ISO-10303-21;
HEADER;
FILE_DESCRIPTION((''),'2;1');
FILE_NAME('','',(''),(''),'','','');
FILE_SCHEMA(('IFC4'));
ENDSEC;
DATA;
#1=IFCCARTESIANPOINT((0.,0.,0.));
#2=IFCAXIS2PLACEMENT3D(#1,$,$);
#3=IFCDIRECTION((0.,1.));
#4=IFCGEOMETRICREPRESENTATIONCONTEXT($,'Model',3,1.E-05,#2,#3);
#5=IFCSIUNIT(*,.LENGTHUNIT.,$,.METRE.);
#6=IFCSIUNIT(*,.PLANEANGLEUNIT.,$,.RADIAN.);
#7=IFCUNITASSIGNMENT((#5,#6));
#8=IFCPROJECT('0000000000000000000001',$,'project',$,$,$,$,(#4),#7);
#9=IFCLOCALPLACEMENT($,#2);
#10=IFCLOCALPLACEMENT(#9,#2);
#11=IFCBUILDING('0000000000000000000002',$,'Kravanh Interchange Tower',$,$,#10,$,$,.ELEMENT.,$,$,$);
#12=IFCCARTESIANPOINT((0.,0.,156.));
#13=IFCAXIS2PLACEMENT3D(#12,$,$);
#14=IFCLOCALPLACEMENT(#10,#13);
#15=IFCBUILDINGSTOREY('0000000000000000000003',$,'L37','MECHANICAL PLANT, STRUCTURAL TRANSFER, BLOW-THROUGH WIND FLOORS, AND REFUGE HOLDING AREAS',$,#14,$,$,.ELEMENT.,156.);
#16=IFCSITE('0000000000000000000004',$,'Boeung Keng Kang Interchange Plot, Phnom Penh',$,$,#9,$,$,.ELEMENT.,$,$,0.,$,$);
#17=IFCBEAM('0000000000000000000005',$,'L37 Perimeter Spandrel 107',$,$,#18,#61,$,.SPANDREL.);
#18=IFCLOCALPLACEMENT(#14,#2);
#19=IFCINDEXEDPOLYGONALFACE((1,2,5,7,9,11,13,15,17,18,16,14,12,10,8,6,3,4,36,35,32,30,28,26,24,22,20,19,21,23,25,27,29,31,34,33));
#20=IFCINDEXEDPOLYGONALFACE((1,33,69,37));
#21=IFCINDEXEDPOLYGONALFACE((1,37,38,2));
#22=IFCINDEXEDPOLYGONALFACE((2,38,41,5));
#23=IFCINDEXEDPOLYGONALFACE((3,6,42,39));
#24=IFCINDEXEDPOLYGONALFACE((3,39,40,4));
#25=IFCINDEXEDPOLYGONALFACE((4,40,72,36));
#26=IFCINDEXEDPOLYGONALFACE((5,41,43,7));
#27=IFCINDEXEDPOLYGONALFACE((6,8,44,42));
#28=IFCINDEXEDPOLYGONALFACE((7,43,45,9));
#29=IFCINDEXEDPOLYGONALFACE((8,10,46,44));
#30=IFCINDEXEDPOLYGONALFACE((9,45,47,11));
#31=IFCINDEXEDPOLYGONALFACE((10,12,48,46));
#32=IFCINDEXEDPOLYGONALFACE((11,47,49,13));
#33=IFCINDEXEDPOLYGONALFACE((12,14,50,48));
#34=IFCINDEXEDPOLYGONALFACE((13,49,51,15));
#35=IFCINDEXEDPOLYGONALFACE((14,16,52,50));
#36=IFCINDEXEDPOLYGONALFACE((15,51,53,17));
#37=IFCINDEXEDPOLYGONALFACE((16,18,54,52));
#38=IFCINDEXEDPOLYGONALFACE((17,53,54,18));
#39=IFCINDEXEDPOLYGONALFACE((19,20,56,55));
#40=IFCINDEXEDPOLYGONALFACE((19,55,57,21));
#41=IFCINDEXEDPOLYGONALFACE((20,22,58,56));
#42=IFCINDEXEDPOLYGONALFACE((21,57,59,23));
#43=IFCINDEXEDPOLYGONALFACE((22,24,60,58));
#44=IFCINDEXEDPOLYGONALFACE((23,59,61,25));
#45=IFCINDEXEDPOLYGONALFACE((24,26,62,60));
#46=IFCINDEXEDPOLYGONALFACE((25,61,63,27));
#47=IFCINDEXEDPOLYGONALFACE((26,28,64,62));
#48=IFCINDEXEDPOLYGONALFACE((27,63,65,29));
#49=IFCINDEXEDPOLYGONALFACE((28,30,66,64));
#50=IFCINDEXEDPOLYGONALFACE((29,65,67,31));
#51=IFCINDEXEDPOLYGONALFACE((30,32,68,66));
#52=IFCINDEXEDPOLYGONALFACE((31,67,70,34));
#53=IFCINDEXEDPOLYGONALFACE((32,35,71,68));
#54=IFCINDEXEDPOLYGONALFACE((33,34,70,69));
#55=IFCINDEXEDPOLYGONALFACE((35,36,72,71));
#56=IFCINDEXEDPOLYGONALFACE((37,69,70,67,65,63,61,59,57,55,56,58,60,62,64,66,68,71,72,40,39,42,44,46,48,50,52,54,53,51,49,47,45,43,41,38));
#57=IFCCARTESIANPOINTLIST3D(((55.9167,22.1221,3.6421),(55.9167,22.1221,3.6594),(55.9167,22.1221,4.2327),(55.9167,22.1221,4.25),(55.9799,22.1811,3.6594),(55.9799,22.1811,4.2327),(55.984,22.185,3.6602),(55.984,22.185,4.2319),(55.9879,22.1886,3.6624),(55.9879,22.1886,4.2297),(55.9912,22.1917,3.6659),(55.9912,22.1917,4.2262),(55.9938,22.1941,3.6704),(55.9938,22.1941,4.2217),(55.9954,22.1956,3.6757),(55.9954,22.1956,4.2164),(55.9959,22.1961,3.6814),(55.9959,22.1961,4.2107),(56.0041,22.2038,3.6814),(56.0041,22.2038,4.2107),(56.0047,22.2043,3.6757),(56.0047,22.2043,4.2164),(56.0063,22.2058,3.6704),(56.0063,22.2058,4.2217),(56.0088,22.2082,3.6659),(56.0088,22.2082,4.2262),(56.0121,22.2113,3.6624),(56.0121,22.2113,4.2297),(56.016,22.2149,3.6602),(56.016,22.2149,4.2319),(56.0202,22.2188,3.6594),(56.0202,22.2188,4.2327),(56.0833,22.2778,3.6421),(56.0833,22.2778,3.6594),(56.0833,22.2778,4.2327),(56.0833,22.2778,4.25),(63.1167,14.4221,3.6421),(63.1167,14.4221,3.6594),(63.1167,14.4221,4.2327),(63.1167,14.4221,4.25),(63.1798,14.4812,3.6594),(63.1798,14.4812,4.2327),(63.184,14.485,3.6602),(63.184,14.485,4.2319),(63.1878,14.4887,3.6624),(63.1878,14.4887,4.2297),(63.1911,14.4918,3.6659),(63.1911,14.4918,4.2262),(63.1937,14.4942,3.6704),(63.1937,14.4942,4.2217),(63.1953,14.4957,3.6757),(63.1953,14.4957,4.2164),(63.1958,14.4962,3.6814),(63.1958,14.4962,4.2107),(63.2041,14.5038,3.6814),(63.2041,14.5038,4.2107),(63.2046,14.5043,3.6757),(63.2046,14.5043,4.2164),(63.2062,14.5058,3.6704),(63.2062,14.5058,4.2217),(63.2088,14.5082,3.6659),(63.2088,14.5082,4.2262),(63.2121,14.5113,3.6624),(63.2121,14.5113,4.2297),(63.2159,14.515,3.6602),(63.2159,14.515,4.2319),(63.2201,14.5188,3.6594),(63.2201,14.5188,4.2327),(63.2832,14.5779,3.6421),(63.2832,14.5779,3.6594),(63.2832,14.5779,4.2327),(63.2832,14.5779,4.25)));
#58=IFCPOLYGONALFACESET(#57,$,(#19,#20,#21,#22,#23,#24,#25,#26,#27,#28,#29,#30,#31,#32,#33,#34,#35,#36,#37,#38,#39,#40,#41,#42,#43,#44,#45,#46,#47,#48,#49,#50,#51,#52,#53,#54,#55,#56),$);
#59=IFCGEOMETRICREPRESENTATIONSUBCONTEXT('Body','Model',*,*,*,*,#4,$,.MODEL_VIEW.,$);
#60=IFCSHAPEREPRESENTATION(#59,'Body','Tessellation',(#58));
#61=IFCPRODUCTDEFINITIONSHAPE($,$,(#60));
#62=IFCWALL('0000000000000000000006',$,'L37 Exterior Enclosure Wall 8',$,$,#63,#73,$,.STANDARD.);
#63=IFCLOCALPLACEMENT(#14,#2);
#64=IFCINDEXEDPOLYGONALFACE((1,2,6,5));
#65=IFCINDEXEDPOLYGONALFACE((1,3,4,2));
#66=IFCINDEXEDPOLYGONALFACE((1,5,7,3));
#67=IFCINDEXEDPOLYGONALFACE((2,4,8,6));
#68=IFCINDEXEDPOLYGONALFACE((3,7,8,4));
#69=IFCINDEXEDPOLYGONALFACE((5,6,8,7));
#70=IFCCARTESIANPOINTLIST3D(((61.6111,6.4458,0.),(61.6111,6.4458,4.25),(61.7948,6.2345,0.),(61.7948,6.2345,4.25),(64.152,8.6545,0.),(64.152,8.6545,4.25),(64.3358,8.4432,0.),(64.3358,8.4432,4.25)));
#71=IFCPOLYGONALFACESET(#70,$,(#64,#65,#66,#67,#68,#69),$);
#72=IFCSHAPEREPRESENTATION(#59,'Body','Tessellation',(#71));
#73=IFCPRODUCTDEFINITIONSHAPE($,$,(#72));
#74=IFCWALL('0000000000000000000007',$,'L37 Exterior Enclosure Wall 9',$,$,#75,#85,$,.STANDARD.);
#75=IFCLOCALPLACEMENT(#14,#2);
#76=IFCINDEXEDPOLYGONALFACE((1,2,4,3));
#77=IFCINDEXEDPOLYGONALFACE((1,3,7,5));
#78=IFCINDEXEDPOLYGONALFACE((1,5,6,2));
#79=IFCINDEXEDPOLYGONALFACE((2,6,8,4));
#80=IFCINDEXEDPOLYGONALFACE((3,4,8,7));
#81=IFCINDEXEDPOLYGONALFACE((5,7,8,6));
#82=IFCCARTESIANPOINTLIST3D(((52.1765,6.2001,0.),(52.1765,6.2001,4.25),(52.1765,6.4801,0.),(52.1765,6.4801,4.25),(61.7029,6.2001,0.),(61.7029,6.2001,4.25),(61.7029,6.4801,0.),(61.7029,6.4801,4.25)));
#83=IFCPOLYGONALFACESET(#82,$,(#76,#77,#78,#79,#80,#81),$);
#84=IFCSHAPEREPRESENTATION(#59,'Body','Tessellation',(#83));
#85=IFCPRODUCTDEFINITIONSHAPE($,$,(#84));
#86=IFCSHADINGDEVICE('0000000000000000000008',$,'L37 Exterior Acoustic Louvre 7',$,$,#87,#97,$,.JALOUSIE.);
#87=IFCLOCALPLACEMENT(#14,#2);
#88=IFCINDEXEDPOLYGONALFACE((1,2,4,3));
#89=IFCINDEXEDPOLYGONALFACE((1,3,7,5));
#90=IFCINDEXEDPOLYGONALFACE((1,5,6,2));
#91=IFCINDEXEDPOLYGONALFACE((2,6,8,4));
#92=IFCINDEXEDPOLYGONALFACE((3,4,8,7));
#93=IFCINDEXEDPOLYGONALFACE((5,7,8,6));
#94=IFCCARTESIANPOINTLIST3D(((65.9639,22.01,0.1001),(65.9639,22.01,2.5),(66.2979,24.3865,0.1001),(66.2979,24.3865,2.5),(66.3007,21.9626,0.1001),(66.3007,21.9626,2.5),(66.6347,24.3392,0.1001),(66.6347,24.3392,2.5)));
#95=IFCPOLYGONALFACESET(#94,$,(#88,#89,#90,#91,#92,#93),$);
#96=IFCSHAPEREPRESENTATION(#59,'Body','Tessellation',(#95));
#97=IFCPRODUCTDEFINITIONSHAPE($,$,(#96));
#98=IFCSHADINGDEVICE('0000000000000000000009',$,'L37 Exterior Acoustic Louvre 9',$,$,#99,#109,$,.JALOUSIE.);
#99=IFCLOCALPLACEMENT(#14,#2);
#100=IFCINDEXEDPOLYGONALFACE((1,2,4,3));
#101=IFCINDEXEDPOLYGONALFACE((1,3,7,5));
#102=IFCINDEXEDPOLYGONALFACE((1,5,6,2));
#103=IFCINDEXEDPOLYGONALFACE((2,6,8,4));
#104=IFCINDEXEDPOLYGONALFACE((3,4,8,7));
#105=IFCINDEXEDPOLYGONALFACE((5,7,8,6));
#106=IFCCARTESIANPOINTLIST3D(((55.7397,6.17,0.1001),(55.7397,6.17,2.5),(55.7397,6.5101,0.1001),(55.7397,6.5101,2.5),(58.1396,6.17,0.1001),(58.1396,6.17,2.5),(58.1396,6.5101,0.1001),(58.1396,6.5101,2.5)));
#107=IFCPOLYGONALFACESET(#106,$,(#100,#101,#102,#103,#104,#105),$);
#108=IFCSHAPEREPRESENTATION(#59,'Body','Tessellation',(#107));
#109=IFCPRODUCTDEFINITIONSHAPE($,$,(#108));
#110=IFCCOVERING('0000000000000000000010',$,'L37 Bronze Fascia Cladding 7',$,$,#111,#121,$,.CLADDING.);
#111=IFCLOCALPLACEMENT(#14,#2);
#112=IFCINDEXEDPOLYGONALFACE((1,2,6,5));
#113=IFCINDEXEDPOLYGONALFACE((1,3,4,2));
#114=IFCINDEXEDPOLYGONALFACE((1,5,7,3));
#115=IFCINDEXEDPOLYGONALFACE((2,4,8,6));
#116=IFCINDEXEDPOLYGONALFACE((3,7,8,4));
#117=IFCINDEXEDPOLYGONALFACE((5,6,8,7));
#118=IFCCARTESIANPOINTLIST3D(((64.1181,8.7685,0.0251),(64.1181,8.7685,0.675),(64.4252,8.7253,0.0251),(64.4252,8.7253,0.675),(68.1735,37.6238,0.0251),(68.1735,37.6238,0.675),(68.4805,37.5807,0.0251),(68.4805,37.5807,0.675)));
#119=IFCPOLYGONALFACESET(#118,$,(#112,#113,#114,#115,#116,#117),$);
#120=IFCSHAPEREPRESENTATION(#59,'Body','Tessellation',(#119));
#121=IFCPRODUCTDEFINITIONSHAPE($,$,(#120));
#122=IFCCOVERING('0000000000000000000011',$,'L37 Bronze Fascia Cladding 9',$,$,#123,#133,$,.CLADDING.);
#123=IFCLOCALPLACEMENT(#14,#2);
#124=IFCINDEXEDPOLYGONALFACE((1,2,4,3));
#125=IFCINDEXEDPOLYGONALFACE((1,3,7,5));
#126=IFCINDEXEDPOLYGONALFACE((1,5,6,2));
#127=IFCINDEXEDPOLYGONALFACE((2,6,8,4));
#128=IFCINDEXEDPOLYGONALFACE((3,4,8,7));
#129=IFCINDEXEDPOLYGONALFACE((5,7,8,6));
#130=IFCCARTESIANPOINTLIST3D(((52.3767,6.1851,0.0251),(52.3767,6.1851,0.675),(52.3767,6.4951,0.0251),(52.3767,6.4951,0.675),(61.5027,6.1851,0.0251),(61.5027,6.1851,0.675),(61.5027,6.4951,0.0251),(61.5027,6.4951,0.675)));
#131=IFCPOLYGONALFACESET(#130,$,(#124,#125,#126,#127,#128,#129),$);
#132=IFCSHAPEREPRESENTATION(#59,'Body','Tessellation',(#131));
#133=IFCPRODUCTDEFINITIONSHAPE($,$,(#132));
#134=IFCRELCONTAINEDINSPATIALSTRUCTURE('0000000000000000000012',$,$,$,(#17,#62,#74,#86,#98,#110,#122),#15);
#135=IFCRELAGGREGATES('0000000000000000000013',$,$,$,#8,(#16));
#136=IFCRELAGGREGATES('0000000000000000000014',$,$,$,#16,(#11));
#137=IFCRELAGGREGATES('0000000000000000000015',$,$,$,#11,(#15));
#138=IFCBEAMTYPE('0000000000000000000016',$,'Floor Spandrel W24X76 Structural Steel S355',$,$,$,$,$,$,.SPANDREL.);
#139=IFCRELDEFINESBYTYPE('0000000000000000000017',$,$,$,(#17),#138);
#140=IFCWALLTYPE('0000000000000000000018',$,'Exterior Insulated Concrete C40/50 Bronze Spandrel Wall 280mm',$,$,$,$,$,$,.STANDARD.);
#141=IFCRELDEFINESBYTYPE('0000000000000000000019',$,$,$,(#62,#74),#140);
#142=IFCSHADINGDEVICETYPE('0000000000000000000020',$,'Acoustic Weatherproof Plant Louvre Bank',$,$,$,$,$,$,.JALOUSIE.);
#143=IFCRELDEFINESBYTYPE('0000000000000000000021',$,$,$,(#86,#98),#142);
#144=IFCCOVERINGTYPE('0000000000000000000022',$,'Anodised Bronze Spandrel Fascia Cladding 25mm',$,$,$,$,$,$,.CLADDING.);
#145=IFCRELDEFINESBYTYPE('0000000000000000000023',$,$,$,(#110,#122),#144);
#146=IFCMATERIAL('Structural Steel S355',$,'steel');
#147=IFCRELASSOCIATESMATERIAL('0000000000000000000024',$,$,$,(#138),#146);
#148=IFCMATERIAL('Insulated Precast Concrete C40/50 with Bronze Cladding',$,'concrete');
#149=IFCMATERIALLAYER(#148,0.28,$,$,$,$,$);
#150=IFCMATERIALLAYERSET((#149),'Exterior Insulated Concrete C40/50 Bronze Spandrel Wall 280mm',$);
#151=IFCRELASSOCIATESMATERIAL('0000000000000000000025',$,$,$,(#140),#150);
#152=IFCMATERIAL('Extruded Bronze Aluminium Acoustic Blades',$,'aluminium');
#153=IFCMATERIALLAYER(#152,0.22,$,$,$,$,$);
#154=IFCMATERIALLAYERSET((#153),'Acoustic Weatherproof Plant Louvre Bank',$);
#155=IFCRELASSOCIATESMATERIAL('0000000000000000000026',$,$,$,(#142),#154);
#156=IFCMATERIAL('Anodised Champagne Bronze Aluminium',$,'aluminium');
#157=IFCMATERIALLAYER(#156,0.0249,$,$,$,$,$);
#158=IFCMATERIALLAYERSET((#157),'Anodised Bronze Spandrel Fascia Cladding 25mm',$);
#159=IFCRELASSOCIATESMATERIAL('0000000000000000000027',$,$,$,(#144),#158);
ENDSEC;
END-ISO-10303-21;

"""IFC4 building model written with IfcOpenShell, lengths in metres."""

from ifc_helpers import new_model, si_unit, direction, frame, frame_2d, origin, origin_2d, place, context, subcontext, project, spatial, rectangle, i_section, extrude, material, layer, layer_set, material_profile, profile_set, type_object, element, save


model = new_model("IFC4")

# Units and contexts
model_context = context("Model", 3, precision=1e-05, world=origin(), true_north=direction((0.0, 1.0)))
body_context = subcontext(model_context, "Body", "Model", "MODEL_VIEW")
ifc_project = project(units=[si_unit("LENGTHUNIT", "METRE"), si_unit("PLANEANGLEUNIT", "RADIAN")], contexts=[model_context])

# Site, building, storey
site_placement = place(None, origin())
site = spatial("IfcSite", under=ifc_project, at=site_placement, Name="Boeung Keng Kang Interchange Plot, Phnom Penh", CompositionType="ELEMENT", RefElevation=0.0)
building_placement = place(site_placement, origin())
building = spatial("IfcBuilding", under=site, at=building_placement, Name="Kravanh Interchange Tower", CompositionType="ELEMENT")
storey_placement = place(building_placement, frame((0.0, 0.0, 156.0)))
storey = spatial("IfcBuildingStorey", under=building, at=storey_placement, Name="L37", Description="MECHANICAL PLANT, STRUCTURAL TRANSFER, BLOW-THROUGH WIND FLOORS, AND REFUGE HOLDING AREAS", CompositionType="ELEMENT", Elevation=156.0)

# Beam
ifc_material_1 = material(Name="Structural Steel S355", Category="steel")
ifc_material_profile_1 = material_profile(ifc_material_1, i_section(OverallWidth=0.228, OverallDepth=0.6079, WebThickness=0.0112, FlangeThickness=0.0173, FilletRadius=0.022, at=origin_2d()), Name="W24X76")
ifc_profile_set_1 = profile_set([ifc_material_profile_1], Name="Structural Steel S355")
beam_type_1 = type_object("IfcBeamType", Name="Floor Spandrel W24X76 Structural Steel S355", PredefinedType="SPANDREL", material=ifc_profile_set_1)
beam_1_placement = place(storey_placement, frame((63.2, 14.5, 3.946), z_axis=(-0.682994, 0.730424, 0.0), x_axis=(-0.730424, -0.682994, 0.0)))
element("IfcBeam", 1, at=beam_1_placement, inside=storey, type_object=beam_type_1, Name="L37 Perimeter Spandrel 107", PredefinedType="SPANDREL", context=body_context, shape_type="SweptSolid", body=[
    extrude(i_section(OverallWidth=0.228, OverallDepth=0.6079, WebThickness=0.0112, FlangeThickness=0.0173, FilletRadius=0.022, at=origin_2d()), origin(), (0.0, 0.0, 1.0), 10.5417),
])

# Walls
ifc_material_2 = material(Name="Insulated Precast Concrete C40/50 with Bronze Cladding", Category="concrete")
ifc_layer_1 = layer(ifc_material_2, 0.28)
ifc_layer_set_1 = layer_set([ifc_layer_1], Name="Exterior Insulated Concrete C40/50 Bronze Spandrel Wall 280mm")
wall_type = type_object("IfcWallType", Name="Exterior Insulated Concrete C40/50 Bronze Spandrel Wall 280mm", PredefinedType="STANDARD", material=ifc_layer_set_1)
wall_1_placement = place(storey_placement, frame((64.2439, 8.5488, 0.0), z_axis=(0.0, 0.0, 1.0), x_axis=(-0.754729, -0.656037, 0.0)))
element("IfcWall", 2, at=wall_1_placement, inside=storey, type_object=wall_type, Name="L37 Exterior Enclosure Wall 8", PredefinedType="STANDARD", context=body_context, shape_type="SweptSolid", body=[
    extrude(rectangle(XDim=3.3667, YDim=0.28, at=frame_2d((1.6833, 0.0))), origin(), (0.0, 0.0, 1.0), 4.25),
])
wall_2_placement = place(storey_placement, frame((61.7029, 6.3401, 0.0), z_axis=(0.0, 0.0, 1.0), x_axis=(-1.0, 0.0, 0.0)))
element("IfcWall", 3, at=wall_2_placement, inside=storey, type_object=wall_type, Name="L37 Exterior Enclosure Wall 9", PredefinedType="STANDARD", context=body_context, shape_type="SweptSolid", body=[
    extrude(rectangle(XDim=9.5264, YDim=0.28, at=frame_2d((4.7632, 0.0))), origin(), (0.0, 0.0, 1.0), 4.25),
])

# Shading devices
ifc_material_3 = material(Name="Extruded Bronze Aluminium Acoustic Blades", Category="aluminium")
ifc_layer_2 = layer(ifc_material_3, 0.22)
ifc_layer_set_2 = layer_set([ifc_layer_2], Name="Acoustic Weatherproof Plant Louvre Bank")
shading_device_type = type_object("IfcShadingDeviceType", Name="Acoustic Weatherproof Plant Louvre Bank", PredefinedType="JALOUSIE", material=ifc_layer_set_2)
for number, where, z_axis, x_axis, name in (
    (4, (66.2993, 23.1746, 0.1001), (0.0, 0.0, 1.0), (-0.139173, -0.990268, 0.0), "L37 Exterior Acoustic Louvre 7"),
    (5, (56.9397, 6.3401, 0.1001), (0.0, 0.0, 1.0), (-1.0, 0.0, 0.0), "L37 Exterior Acoustic Louvre 9"),
):
    element("IfcShadingDevice", number, at=place(storey_placement, frame(where, z_axis=z_axis, x_axis=x_axis)), inside=storey, type_object=shading_device_type, Name=name, PredefinedType="JALOUSIE", context=body_context, shape_type="SweptSolid", body=[
        extrude(rectangle(XDim=2.3999, YDim=0.3401, at=origin_2d()), origin(), (0.0, 0.0, 1.0), 2.3999),
    ])

# Coverings
ifc_material_4 = material(Name="Anodised Champagne Bronze Aluminium", Category="aluminium")
ifc_layer_3 = layer(ifc_material_4, 0.0249)
ifc_layer_set_3 = layer_set([ifc_layer_3], Name="Anodised Bronze Spandrel Fascia Cladding 25mm")
covering_type = type_object("IfcCoveringType", Name="Anodised Bronze Spandrel Fascia Cladding 25mm", PredefinedType="CLADDING", material=ifc_layer_set_3)
covering_1_placement = place(storey_placement, frame((66.2993, 23.1746, 0.0251), z_axis=(0.0, 0.0, 1.0), x_axis=(-0.139173, -0.990268, 0.0)))
element("IfcCovering", 6, at=covering_1_placement, inside=storey, type_object=covering_type, Name="L37 Bronze Fascia Cladding 7", PredefinedType="CLADDING", context=body_context, shape_type="SweptSolid", body=[
    extrude(rectangle(XDim=29.1389, YDim=0.3101, at=origin_2d()), origin(), (0.0, 0.0, 1.0), 0.6499),
])
covering_2_placement = place(storey_placement, frame((56.9397, 6.3401, 0.0251), z_axis=(0.0, 0.0, 1.0), x_axis=(-1.0, 0.0, 0.0)))
element("IfcCovering", 7, at=covering_2_placement, inside=storey, type_object=covering_type, Name="L37 Bronze Fascia Cladding 9", PredefinedType="CLADDING", context=body_context, shape_type="SweptSolid", body=[
    extrude(rectangle(XDim=9.126, YDim=0.3101, at=origin_2d()), origin(), (0.0, 0.0, 1.0), 0.6499),
])

save(model, "model.ifc")
